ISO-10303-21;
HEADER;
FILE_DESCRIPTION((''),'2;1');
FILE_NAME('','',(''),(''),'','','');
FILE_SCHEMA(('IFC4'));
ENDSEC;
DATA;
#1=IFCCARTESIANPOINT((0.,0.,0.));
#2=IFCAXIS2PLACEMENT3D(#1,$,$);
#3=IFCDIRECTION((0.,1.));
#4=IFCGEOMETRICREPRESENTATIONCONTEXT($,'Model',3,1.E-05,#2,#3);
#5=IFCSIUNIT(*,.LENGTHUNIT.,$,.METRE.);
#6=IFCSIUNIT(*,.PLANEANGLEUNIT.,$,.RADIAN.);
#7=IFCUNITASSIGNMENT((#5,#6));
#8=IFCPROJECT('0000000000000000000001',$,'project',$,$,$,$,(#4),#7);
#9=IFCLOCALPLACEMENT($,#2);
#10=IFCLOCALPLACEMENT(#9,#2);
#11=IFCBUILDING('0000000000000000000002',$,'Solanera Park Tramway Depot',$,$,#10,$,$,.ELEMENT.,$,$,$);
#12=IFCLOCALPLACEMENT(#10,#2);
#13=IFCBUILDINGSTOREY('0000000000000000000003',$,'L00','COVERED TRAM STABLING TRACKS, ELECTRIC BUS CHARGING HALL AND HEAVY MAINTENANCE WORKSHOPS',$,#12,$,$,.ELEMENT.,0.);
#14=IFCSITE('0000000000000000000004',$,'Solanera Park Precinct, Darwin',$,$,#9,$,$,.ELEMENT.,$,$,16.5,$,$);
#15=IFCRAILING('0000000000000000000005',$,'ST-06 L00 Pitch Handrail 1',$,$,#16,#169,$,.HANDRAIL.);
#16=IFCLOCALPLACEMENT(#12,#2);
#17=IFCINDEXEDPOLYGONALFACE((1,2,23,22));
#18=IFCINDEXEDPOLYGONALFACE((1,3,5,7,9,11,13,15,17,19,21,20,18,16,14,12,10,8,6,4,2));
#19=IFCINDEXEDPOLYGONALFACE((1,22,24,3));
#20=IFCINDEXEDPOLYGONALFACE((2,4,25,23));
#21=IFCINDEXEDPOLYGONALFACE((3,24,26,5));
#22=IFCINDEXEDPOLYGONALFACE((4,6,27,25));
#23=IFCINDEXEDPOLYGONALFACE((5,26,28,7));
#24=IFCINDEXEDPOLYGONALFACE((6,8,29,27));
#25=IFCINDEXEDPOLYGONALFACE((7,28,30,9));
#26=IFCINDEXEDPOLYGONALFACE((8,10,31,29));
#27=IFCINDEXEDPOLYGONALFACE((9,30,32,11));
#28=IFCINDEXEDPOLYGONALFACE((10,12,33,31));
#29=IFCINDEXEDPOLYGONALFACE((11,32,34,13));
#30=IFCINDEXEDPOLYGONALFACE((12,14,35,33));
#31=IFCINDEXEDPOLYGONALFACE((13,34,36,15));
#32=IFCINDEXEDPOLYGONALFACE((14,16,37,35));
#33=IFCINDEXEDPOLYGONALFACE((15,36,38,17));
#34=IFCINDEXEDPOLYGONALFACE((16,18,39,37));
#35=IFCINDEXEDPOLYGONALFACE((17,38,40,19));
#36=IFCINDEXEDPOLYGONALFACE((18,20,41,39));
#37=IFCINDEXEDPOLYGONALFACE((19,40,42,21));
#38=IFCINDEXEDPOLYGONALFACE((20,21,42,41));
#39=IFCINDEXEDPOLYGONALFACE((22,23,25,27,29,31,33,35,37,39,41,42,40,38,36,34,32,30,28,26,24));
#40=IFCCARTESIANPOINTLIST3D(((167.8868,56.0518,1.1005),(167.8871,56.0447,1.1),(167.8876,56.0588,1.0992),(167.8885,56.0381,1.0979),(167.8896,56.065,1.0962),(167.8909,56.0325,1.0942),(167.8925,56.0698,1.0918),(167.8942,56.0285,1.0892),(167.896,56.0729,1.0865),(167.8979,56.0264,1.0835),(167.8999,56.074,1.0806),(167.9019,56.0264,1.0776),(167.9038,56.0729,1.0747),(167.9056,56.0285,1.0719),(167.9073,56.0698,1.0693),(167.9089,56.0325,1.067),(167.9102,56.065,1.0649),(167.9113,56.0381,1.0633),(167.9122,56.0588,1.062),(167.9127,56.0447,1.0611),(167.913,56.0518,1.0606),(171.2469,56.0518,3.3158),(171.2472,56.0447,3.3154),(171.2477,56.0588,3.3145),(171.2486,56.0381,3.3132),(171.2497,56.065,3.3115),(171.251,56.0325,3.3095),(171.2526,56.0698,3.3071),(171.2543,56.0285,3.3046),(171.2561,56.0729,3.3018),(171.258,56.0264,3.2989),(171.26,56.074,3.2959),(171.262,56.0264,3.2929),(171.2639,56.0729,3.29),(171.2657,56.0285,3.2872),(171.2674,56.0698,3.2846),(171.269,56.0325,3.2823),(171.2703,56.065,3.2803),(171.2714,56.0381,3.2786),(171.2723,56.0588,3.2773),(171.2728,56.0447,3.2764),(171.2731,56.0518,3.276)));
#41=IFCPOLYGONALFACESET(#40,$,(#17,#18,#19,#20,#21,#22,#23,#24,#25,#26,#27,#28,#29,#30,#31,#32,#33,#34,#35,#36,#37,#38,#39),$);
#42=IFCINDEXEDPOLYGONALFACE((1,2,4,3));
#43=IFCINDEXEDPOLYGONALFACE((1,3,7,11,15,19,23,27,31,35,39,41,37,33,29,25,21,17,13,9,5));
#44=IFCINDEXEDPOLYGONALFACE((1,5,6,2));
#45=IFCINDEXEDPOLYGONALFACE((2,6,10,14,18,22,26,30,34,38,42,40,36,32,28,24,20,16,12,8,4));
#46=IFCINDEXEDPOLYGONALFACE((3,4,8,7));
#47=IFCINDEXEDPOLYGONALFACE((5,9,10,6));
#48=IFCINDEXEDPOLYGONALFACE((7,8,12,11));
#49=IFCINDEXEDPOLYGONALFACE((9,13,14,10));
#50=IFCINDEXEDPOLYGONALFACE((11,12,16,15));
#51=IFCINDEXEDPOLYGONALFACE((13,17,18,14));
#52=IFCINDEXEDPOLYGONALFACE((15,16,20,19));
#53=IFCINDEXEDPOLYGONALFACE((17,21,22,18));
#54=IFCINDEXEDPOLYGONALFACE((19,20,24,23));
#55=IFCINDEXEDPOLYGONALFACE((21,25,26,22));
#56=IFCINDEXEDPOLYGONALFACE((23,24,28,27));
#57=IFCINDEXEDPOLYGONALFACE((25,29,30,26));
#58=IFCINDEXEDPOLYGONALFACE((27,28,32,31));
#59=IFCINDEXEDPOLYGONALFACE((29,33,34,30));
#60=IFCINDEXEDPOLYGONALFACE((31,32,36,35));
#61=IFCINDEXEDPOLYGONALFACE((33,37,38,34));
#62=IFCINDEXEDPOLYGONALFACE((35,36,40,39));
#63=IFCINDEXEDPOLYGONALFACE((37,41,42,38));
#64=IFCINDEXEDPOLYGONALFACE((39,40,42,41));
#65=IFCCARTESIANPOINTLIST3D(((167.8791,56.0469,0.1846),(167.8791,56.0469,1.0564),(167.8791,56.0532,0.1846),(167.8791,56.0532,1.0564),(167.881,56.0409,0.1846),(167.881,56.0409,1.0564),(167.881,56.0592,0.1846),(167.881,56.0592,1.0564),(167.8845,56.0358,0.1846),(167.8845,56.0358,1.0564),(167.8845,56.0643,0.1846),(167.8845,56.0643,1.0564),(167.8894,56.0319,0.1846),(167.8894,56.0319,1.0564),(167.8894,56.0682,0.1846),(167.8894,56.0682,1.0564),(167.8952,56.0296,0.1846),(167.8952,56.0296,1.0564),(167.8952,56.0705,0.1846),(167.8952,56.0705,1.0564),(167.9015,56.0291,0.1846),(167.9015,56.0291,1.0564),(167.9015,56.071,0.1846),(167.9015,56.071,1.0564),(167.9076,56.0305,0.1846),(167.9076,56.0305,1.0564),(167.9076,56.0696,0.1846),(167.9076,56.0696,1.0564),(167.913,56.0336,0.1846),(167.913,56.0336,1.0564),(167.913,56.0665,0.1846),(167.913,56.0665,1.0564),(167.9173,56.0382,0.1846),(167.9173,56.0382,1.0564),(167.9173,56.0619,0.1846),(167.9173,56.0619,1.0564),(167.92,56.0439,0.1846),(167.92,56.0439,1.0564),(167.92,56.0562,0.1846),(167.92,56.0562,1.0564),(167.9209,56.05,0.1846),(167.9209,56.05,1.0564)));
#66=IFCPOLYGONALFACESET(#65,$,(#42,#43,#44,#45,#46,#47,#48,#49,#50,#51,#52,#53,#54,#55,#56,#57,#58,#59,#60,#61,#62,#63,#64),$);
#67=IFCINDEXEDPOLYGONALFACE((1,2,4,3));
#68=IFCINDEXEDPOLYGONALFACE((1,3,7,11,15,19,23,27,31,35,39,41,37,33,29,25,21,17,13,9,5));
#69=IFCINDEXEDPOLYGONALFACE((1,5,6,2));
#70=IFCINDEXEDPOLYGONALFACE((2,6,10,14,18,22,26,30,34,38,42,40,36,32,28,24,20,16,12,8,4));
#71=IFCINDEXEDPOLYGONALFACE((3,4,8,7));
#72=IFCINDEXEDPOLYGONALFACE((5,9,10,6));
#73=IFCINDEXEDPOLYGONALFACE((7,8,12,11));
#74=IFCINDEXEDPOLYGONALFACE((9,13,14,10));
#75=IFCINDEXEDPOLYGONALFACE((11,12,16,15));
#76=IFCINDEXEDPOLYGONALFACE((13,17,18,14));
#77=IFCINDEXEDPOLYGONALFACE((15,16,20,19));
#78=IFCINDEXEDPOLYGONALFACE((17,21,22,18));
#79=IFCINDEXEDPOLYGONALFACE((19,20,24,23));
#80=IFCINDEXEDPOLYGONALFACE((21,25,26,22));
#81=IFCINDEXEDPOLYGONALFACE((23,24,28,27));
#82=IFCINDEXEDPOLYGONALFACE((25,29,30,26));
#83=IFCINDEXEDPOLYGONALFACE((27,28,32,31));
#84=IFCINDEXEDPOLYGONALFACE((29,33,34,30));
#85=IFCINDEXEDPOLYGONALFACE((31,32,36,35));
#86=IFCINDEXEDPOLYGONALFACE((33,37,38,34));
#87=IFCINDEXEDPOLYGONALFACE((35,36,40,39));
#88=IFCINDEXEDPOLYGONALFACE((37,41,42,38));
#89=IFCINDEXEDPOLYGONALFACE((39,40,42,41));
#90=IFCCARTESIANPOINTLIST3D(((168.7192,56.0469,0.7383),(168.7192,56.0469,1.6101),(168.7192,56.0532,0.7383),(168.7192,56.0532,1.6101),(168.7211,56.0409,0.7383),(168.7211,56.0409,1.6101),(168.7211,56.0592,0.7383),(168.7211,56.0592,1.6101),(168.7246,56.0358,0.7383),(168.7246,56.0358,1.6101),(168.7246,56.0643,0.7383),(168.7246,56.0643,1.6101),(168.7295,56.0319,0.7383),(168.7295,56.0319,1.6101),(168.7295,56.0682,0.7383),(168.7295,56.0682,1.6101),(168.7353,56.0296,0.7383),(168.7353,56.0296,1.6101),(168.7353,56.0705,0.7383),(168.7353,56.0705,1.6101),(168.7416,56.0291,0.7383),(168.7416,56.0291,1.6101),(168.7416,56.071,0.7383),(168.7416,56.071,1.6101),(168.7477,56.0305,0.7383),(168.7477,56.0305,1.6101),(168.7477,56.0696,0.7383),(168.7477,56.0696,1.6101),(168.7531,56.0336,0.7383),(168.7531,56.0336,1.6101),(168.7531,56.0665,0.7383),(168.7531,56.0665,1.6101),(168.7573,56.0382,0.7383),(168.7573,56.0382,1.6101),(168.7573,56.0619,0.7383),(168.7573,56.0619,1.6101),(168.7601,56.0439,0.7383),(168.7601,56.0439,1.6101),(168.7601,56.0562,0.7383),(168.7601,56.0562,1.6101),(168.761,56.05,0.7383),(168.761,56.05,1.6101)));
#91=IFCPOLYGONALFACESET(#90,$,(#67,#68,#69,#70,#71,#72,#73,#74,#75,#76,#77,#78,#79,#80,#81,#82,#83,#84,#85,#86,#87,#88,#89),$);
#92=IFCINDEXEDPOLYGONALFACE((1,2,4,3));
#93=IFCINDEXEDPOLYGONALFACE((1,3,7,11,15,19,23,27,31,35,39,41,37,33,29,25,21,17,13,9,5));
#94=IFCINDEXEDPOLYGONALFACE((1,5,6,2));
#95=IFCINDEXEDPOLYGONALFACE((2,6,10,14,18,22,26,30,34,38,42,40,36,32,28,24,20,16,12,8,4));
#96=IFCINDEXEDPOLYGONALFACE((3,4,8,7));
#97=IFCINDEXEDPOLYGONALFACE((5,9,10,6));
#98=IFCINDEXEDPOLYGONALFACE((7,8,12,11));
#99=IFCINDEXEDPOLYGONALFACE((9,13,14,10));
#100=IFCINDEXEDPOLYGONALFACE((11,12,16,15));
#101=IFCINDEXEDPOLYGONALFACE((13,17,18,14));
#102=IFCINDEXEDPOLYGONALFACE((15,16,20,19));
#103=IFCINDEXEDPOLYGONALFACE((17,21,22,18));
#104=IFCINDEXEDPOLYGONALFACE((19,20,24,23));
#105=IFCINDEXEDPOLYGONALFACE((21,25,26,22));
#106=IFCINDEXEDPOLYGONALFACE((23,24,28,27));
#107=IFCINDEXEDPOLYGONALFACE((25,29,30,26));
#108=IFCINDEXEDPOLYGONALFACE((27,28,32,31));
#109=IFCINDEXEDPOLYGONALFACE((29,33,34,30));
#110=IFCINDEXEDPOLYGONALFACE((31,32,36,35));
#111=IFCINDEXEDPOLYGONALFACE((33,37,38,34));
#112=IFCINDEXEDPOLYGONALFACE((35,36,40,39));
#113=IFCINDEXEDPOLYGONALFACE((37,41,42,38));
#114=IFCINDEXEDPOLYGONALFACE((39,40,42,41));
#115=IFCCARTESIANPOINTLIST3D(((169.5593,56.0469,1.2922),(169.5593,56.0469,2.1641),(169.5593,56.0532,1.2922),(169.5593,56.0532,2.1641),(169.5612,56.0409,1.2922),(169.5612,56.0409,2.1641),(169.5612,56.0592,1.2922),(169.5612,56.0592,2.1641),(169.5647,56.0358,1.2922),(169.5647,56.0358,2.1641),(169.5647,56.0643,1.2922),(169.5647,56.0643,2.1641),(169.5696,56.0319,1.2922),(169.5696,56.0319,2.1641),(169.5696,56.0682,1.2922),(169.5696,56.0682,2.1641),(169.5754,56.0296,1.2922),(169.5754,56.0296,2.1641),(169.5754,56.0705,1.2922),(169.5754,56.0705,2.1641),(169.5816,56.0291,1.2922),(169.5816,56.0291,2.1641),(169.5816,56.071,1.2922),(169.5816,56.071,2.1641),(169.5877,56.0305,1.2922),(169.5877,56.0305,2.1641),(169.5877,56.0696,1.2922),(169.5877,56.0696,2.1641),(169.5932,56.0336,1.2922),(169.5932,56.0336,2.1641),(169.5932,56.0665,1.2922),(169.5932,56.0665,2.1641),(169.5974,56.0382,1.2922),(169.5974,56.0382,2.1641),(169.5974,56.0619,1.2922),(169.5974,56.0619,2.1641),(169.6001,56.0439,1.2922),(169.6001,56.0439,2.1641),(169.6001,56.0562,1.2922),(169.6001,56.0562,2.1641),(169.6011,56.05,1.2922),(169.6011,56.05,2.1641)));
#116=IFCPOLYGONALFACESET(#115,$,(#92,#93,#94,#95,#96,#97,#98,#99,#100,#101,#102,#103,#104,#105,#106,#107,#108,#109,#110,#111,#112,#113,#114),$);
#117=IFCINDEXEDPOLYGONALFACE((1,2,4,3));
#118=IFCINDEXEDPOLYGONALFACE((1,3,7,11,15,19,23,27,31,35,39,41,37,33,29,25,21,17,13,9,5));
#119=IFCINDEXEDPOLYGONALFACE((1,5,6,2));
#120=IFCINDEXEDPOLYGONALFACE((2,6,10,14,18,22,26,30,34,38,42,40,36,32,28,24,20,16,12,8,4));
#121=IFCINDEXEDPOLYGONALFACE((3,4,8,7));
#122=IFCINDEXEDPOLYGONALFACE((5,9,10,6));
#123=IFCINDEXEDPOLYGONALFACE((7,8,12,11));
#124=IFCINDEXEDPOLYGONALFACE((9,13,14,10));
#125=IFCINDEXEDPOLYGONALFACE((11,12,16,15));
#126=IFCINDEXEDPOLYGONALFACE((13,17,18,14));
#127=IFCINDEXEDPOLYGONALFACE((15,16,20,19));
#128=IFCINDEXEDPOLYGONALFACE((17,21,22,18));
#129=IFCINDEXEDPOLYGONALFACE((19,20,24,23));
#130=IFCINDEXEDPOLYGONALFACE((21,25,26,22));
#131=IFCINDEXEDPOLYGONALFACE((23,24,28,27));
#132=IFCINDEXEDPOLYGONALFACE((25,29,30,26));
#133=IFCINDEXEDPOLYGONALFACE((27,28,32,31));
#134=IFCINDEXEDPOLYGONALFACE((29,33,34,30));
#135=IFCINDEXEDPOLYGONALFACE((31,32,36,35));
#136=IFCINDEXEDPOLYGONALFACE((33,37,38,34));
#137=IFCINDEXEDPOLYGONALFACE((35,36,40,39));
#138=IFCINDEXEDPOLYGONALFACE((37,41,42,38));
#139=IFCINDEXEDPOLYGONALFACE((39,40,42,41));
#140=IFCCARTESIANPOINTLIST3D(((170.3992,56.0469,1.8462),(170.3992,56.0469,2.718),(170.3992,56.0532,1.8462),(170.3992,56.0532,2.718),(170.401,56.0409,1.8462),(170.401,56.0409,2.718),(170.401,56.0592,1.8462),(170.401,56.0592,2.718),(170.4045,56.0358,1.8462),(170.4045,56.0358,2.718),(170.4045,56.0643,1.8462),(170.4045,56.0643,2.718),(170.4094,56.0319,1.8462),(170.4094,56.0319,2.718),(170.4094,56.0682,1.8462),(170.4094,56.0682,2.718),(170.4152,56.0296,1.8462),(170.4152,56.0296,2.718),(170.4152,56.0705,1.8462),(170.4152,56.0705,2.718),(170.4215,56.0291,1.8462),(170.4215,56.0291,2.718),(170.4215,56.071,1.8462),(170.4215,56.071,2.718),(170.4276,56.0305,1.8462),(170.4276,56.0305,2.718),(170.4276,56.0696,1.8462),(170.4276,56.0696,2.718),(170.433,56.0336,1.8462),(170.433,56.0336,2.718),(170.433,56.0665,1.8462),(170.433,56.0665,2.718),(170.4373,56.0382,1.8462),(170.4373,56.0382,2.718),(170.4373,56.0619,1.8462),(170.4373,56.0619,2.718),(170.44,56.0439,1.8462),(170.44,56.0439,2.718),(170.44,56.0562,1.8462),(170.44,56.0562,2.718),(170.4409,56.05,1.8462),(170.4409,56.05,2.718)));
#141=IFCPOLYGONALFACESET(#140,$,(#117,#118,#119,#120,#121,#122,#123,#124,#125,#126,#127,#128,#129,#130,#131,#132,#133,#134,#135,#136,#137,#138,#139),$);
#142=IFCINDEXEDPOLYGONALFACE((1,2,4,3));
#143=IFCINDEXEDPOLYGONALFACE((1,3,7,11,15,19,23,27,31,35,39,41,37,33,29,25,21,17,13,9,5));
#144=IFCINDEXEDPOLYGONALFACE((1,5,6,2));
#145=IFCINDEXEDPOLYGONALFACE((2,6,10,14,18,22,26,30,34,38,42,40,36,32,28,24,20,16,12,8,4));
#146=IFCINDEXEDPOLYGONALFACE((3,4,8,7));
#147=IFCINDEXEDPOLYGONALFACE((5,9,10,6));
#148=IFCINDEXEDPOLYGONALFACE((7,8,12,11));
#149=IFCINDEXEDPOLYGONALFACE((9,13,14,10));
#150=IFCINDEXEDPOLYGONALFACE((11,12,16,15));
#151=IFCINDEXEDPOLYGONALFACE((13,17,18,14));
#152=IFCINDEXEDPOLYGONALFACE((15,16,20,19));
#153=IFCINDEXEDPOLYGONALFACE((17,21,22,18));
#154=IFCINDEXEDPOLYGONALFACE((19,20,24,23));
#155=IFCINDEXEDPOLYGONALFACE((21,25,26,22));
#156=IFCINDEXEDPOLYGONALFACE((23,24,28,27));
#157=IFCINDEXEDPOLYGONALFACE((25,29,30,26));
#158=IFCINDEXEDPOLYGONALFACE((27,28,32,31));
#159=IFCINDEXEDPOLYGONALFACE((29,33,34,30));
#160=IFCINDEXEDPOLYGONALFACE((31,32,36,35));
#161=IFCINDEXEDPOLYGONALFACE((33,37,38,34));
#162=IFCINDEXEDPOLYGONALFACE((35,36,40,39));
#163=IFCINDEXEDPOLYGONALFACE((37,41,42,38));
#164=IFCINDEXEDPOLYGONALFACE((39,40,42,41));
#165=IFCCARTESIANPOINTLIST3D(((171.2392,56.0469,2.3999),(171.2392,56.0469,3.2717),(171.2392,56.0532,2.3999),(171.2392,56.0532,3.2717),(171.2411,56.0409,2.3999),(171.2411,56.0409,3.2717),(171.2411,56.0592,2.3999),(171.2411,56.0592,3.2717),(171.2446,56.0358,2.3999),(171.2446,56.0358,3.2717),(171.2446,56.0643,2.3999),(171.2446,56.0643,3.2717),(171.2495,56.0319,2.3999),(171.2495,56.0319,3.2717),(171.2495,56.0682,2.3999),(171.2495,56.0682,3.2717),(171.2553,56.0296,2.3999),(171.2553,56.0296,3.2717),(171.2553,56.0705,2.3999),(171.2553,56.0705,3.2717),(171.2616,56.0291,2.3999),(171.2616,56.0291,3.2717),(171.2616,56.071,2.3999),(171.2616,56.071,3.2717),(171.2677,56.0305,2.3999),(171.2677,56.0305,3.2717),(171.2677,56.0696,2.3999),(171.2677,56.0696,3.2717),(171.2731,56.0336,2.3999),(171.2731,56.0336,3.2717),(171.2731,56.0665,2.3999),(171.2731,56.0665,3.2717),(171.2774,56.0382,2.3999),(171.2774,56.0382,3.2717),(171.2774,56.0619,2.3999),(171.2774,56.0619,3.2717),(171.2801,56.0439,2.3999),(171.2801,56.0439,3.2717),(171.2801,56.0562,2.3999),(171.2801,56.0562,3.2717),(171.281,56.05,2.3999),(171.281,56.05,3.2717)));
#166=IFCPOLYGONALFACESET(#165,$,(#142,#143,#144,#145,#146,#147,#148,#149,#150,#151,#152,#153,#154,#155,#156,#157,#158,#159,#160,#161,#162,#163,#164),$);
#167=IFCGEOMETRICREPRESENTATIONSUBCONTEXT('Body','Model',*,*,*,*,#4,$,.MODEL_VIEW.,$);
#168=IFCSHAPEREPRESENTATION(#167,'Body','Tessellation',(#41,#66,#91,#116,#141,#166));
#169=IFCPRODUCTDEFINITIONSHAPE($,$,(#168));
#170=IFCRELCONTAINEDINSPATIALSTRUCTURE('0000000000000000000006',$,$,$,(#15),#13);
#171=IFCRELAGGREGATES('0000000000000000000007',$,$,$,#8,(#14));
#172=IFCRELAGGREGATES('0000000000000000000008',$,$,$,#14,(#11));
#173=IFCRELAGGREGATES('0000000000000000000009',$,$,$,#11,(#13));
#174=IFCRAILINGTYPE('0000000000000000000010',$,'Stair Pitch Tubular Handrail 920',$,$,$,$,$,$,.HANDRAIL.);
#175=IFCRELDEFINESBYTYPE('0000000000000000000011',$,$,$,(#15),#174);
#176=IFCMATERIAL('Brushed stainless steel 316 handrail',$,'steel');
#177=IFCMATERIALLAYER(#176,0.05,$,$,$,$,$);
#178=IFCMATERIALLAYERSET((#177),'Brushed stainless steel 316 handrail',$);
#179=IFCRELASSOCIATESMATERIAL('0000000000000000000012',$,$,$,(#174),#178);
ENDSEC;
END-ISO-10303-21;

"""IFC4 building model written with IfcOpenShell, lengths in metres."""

from ifc_helpers import new_model, si_unit, direction, frame, origin, origin_2d, place, context, subcontext, project, spatial, circle, extrude, material, layer, layer_set, type_object, element, save


model = new_model("IFC4")

# Units and contexts
model_context = context("Model", 3, precision=1e-05, world=origin(), true_north=direction((0.0, 1.0)))
body_context = subcontext(model_context, "Body", "Model", "MODEL_VIEW")
ifc_project = project(units=[si_unit("LENGTHUNIT", "METRE"), si_unit("PLANEANGLEUNIT", "RADIAN")], contexts=[model_context])

# Site, building, storey
site_placement = place(None, origin())
site = spatial("IfcSite", under=ifc_project, at=site_placement, Name="Solanera Park Precinct, Darwin", CompositionType="ELEMENT", RefElevation=16.5)
building_placement = place(site_placement, origin())
building = spatial("IfcBuilding", under=site, at=building_placement, Name="Solanera Park Tramway Depot", CompositionType="ELEMENT")
storey_placement = place(building_placement, origin())
storey = spatial("IfcBuildingStorey", under=building, at=storey_placement, Name="L00", Description="COVERED TRAM STABLING TRACKS, ELECTRIC BUS CHARGING HALL AND HEAVY MAINTENANCE WORKSHOPS", CompositionType="ELEMENT", Elevation=0.0)

# Railing
ifc_material_1 = material(Name="Brushed stainless steel 316 handrail", Category="steel")
ifc_layer_1 = layer(ifc_material_1, 0.05)
ifc_layer_set_1 = layer_set([ifc_layer_1], Name="Brushed stainless steel 316 handrail")
railing_type_1 = type_object("IfcRailingType", Name="Stair Pitch Tubular Handrail 920", PredefinedType="HANDRAIL", material=ifc_layer_set_1)
railing_1_placement = place(storey_placement, frame((167.8999, 56.05, 0.1846)))
element("IfcRailing", 1, at=railing_1_placement, inside=storey, type_object=railing_type_1, Name="ST-06 L00 Pitch Handrail 1", PredefinedType="HANDRAIL", context=body_context, shape_type="SweptSolid", body=[
    extrude(circle(Radius=0.0239, at=origin_2d()), frame((0.0, 0.0, 0.896), z_axis=(0.834876, 0.0, 0.550437), x_axis=(0.0, 1.0, 0.0)), (0.0, 0.0, 1.0), 4.0247),
    extrude(circle(Radius=0.021, at=origin_2d()), origin(), (0.0, 0.0, 1.0), 0.8718),
    extrude(circle(Radius=0.021, at=origin_2d()), frame((0.8401, 0.0, 0.5537)), (0.0, 0.0, 1.0), 0.8718),
    extrude(circle(Radius=0.021, at=origin_2d()), frame((1.6802, 0.0, 1.1077)), (0.0, 0.0, 1.0), 0.8718),
    extrude(circle(Radius=0.021, at=origin_2d()), frame((2.52, 0.0, 1.6616)), (0.0, 0.0, 1.0), 0.8718),
    extrude(circle(Radius=0.021, at=origin_2d()), frame((3.3601, 0.0, 2.2153)), (0.0, 0.0, 1.0), 0.8718),
])

save(model, "model.ifc")
